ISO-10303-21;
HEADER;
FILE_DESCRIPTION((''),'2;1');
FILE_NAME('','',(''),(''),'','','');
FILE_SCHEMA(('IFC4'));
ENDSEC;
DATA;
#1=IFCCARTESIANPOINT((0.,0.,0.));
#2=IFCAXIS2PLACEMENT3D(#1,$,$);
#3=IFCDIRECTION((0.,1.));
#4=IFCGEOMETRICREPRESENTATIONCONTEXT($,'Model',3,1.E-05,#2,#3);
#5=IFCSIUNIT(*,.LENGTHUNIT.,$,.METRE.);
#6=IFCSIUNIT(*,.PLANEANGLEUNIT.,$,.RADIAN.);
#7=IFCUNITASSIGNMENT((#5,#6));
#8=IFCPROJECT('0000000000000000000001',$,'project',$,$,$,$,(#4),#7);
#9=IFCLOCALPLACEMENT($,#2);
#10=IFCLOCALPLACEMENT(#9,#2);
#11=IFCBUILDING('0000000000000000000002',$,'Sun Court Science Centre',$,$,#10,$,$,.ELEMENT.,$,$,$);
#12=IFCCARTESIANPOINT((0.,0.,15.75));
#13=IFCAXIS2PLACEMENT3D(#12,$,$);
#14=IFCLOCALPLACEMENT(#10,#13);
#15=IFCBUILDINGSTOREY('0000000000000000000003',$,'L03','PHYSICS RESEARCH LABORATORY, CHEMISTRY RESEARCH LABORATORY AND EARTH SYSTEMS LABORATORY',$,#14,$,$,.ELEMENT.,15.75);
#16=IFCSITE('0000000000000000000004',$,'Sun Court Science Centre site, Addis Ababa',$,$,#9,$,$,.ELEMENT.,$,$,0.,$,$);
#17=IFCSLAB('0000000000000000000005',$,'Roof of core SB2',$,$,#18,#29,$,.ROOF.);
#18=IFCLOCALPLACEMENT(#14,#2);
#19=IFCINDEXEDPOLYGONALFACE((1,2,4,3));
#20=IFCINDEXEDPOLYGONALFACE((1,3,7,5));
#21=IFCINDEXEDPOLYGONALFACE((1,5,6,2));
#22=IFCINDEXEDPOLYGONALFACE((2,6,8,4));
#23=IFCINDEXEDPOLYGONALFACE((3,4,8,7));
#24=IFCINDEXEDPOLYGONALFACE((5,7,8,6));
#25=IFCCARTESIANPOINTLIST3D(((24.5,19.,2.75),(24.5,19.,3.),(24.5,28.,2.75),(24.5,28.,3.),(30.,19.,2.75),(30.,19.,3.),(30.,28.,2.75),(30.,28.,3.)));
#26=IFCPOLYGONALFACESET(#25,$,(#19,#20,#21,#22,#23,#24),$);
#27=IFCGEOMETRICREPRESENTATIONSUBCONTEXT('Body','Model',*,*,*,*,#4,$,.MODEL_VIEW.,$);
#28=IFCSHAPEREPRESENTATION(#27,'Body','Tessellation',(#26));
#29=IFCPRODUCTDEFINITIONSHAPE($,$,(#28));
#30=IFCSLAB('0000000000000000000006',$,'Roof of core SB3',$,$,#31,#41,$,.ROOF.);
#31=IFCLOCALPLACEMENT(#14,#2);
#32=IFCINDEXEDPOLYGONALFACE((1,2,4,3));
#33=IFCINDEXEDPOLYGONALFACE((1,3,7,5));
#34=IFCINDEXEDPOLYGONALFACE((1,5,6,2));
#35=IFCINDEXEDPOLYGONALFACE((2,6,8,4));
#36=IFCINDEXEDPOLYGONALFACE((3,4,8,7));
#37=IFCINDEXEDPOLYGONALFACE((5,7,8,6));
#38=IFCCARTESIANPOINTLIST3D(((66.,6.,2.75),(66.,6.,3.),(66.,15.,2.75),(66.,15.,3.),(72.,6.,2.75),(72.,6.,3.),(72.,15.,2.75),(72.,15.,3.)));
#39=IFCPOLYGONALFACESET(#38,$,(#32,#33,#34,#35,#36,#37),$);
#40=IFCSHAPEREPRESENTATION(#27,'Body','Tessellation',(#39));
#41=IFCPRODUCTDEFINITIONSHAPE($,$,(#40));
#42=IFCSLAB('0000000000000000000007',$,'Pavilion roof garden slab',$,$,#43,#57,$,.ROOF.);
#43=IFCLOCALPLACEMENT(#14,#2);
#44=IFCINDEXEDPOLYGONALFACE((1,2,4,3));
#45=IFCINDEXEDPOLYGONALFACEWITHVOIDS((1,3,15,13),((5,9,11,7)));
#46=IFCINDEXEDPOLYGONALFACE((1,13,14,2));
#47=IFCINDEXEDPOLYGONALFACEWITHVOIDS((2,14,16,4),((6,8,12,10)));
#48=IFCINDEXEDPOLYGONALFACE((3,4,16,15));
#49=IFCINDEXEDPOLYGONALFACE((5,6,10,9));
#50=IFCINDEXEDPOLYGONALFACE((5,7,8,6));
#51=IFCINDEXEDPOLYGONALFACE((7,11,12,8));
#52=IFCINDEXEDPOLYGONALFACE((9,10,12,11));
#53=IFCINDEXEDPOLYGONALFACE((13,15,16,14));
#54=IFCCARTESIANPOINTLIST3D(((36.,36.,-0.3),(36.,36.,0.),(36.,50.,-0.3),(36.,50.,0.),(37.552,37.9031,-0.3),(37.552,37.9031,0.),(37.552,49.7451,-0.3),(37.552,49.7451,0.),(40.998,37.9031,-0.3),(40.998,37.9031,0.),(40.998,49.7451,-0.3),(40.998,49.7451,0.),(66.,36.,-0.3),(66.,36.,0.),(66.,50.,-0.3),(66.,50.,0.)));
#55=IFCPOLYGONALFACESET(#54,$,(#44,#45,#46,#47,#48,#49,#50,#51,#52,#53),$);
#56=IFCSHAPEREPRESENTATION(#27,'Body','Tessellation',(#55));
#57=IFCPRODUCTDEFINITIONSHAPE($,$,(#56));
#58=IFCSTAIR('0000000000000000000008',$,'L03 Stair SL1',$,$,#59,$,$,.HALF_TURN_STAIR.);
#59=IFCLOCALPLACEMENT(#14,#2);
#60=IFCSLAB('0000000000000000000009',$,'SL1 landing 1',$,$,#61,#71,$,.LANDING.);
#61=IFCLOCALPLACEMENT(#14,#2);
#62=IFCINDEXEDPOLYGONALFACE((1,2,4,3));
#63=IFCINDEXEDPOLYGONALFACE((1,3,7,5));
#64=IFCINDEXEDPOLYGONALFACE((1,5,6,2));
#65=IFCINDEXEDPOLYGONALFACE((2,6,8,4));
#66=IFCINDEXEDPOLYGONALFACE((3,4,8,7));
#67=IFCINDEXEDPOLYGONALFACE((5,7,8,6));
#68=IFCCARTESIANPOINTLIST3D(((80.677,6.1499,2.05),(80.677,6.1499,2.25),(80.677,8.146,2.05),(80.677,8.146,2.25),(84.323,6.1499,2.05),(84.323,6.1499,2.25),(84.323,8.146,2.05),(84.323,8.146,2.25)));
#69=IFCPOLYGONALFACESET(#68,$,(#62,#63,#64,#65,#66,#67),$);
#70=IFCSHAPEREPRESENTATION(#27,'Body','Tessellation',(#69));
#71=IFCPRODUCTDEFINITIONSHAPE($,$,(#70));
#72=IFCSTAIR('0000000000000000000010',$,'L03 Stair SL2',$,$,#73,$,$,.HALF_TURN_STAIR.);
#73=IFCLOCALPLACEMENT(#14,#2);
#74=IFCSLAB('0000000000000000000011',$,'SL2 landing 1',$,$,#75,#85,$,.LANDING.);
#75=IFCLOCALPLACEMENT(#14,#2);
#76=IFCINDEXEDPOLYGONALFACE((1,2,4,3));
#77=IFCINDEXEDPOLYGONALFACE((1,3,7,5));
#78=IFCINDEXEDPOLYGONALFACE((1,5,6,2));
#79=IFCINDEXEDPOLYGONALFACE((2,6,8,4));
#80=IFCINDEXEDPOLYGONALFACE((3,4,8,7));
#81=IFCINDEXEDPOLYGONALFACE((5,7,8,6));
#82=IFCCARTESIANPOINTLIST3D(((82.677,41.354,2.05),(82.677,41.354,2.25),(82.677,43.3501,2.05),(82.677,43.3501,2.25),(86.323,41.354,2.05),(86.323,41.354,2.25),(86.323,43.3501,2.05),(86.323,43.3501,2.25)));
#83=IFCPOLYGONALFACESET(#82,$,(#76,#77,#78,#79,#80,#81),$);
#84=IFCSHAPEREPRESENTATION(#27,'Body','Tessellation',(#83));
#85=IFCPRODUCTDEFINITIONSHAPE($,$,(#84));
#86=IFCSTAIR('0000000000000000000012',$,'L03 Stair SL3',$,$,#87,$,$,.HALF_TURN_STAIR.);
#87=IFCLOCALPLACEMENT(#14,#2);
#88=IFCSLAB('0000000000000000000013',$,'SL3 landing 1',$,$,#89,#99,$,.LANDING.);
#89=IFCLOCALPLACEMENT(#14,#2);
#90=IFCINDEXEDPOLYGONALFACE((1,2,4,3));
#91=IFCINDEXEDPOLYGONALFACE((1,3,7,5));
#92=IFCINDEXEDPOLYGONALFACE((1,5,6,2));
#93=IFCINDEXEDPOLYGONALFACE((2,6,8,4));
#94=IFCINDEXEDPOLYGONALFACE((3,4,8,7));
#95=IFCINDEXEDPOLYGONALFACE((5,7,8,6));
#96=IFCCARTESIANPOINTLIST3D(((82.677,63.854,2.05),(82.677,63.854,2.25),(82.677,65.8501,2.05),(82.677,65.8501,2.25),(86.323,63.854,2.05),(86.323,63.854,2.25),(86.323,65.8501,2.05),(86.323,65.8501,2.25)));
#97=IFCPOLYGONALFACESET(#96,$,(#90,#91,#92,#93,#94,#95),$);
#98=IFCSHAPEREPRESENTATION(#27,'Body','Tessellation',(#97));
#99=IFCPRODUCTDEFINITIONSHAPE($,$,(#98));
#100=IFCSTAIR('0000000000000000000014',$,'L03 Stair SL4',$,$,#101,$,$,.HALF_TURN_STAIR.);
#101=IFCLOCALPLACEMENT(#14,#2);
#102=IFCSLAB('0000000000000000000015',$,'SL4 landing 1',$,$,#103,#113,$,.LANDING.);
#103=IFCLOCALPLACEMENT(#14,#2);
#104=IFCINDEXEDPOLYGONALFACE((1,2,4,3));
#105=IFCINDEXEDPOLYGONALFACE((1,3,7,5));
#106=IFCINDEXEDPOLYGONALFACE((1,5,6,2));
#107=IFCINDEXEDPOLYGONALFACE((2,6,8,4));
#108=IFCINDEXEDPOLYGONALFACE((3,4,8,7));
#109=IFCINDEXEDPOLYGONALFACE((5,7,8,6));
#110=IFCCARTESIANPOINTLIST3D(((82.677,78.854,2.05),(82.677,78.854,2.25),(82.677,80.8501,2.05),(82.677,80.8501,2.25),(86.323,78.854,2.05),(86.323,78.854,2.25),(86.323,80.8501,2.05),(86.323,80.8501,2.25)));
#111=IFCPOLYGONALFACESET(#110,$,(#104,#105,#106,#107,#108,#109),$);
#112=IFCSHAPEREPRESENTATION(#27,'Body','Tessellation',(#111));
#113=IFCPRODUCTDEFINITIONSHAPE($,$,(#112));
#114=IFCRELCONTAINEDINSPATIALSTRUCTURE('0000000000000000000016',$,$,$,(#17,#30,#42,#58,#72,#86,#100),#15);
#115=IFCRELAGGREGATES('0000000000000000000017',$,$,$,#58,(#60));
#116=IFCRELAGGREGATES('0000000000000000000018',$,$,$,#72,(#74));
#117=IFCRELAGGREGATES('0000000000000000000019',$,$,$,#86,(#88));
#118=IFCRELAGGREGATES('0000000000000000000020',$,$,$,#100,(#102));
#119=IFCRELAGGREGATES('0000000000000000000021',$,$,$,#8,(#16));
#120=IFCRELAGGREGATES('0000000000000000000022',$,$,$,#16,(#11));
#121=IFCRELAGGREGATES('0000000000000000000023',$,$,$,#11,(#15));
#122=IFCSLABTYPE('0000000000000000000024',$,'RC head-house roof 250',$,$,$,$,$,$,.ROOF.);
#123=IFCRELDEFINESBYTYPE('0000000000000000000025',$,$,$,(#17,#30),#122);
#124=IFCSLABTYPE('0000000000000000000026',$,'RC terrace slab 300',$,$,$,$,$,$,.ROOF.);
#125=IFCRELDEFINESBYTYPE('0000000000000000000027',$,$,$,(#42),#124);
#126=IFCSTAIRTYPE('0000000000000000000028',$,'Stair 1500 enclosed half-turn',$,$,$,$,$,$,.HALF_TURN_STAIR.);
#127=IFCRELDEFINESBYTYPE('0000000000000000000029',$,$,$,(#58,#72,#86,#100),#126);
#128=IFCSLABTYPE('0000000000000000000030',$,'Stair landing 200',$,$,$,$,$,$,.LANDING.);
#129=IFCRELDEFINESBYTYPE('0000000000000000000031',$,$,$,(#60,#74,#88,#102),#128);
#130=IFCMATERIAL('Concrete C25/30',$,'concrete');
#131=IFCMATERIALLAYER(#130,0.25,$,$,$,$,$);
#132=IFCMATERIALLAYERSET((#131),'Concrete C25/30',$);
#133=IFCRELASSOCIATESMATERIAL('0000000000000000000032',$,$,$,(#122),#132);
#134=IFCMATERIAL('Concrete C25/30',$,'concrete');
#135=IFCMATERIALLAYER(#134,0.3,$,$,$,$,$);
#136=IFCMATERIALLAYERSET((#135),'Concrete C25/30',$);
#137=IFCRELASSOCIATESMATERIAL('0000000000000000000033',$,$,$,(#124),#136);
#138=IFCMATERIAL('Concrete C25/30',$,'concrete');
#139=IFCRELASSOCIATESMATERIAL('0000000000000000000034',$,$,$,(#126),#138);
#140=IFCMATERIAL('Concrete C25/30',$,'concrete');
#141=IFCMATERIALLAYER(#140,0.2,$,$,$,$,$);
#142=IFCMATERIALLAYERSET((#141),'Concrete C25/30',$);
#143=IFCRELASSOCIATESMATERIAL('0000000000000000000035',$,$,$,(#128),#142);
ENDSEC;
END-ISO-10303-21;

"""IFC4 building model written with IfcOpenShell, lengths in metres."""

from ifc_helpers import new_model, si_unit, direction, frame, origin, place, context, subcontext, project, spatial, polyline, outline, extrude, material, layer, layer_set, type_object, element, aggregate, save


model = new_model("IFC4")

# Units and contexts
model_context = context("Model", 3, precision=1e-05, world=origin(), true_north=direction((0.0, 1.0)))
body_context = subcontext(model_context, "Body", "Model", "MODEL_VIEW")
ifc_project = project(units=[si_unit("LENGTHUNIT", "METRE"), si_unit("PLANEANGLEUNIT", "RADIAN")], contexts=[model_context])

# Site, building, storey
site_placement = place(None, origin())
site = spatial("IfcSite", under=ifc_project, at=site_placement, Name="Sun Court Science Centre site, Addis Ababa", CompositionType="ELEMENT", RefElevation=0.0)
building_placement = place(site_placement, origin())
building = spatial("IfcBuilding", under=site, at=building_placement, Name="Sun Court Science Centre", CompositionType="ELEMENT")
storey_placement = place(building_placement, frame((0.0, 0.0, 15.75)))
storey = spatial("IfcBuildingStorey", under=building, at=storey_placement, Name="L03", Description="PHYSICS RESEARCH LABORATORY, CHEMISTRY RESEARCH LABORATORY AND EARTH SYSTEMS LABORATORY", CompositionType="ELEMENT", Elevation=15.75)

# Slabs
ifc_material_1 = material(Name="Concrete C25/30", Category="concrete")
ifc_layer_1 = layer(ifc_material_1, 0.25)
ifc_layer_set_1 = layer_set([ifc_layer_1], Name="Concrete C25/30")
slab_type_1 = type_object("IfcSlabType", Name="RC head-house roof 250", PredefinedType="ROOF", material=ifc_layer_set_1)
slab_1_placement = place(storey_placement, frame((0.0, 0.0, 2.75)))
element("IfcSlab", 1, at=slab_1_placement, inside=storey, type_object=slab_type_1, Name="Roof of core SB2", PredefinedType="ROOF", context=body_context, shape_type="SweptSolid", body=[
    extrude(outline(polyline([(24.5, 19.0), (30.0, 19.0), (30.0, 28.0), (24.5, 28.0), (24.5, 19.0)])), origin(), (0.0, 0.0, 1.0), 0.25),
])
slab_2_placement = place(storey_placement, frame((0.0, 0.0, 2.75)))
element("IfcSlab", 2, at=slab_2_placement, inside=storey, type_object=slab_type_1, Name="Roof of core SB3", PredefinedType="ROOF", context=body_context, shape_type="SweptSolid", body=[
    extrude(outline(polyline([(66.0, 6.0), (72.0, 6.0), (72.0, 15.0), (66.0, 15.0), (66.0, 6.0)])), origin(), (0.0, 0.0, 1.0), 0.25),
])
ifc_material_2 = material(Name="Concrete C25/30", Category="concrete")
ifc_layer_2 = layer(ifc_material_2, 0.3)
ifc_layer_set_2 = layer_set([ifc_layer_2], Name="Concrete C25/30")
slab_type_2 = type_object("IfcSlabType", Name="RC terrace slab 300", PredefinedType="ROOF", material=ifc_layer_set_2)
slab_3_placement = place(storey_placement, frame((0.0, 0.0, -0.3)))
element("IfcSlab", 3, at=slab_3_placement, inside=storey, type_object=slab_type_2, Name="Pavilion roof garden slab", PredefinedType="ROOF", context=body_context, shape_type="SweptSolid", body=[
    extrude(outline(polyline([(66.0, 36.0), (66.0, 50.0), (36.0, 50.0), (36.0, 36.0), (66.0, 36.0)]), holes=[polyline([(40.998, 49.7451), (40.998, 37.9031), (37.552, 37.9031), (37.552, 49.7451), (40.998, 49.7451)])]), origin(), (0.0, 0.0, 1.0), 0.3),
])

# Stairs, slabs
ifc_material_3 = material(Name="Concrete C25/30", Category="concrete")
stair_type = type_object("IfcStairType", Name="Stair 1500 enclosed half-turn", PredefinedType="HALF_TURN_STAIR", material=ifc_material_3)
stair_1_placement = place(storey_placement, origin())
stair_1 = element("IfcStair", 4, at=stair_1_placement, inside=storey, type_object=stair_type, Name="L03 Stair SL1", PredefinedType="HALF_TURN_STAIR")
ifc_material_4 = material(Name="Concrete C25/30", Category="concrete")
ifc_layer_3 = layer(ifc_material_4, 0.2)
ifc_layer_set_3 = layer_set([ifc_layer_3], Name="Concrete C25/30")
slab_type_3 = type_object("IfcSlabType", Name="Stair landing 200", PredefinedType="LANDING", material=ifc_layer_set_3)
slab_4_placement = place(storey_placement, frame((0.0, 0.0, 2.05)))
slab_4 = element("IfcSlab", 5, at=slab_4_placement, type_object=slab_type_3, Name="SL1 landing 1", PredefinedType="LANDING", context=body_context, shape_type="SweptSolid", body=[
    extrude(outline(polyline([(80.677, 8.146), (80.677, 6.1499), (84.323, 6.1499), (84.323, 8.146), (80.677, 8.146)])), origin(), (0.0, 0.0, 1.0), 0.2),
])
aggregate(stair_1, [slab_4])
stair_2_placement = place(storey_placement, origin())
stair_2 = element("IfcStair", 6, at=stair_2_placement, inside=storey, type_object=stair_type, Name="L03 Stair SL2", PredefinedType="HALF_TURN_STAIR")
slab_5_placement = place(storey_placement, frame((0.0, 0.0, 2.05)))
slab_5 = element("IfcSlab", 7, at=slab_5_placement, type_object=slab_type_3, Name="SL2 landing 1", PredefinedType="LANDING", context=body_context, shape_type="SweptSolid", body=[
    extrude(outline(polyline([(86.323, 41.354), (86.323, 43.3501), (82.677, 43.3501), (82.677, 41.354), (86.323, 41.354)])), origin(), (0.0, 0.0, 1.0), 0.2),
])
aggregate(stair_2, [slab_5])
stair_3_placement = place(storey_placement, origin())
stair_3 = element("IfcStair", 8, at=stair_3_placement, inside=storey, type_object=stair_type, Name="L03 Stair SL3", PredefinedType="HALF_TURN_STAIR")
slab_6_placement = place(storey_placement, frame((0.0, 0.0, 2.05)))
slab_6 = element("IfcSlab", 9, at=slab_6_placement, type_object=slab_type_3, Name="SL3 landing 1", PredefinedType="LANDING", context=body_context, shape_type="SweptSolid", body=[
    extrude(outline(polyline([(86.323, 63.854), (86.323, 65.8501), (82.677, 65.8501), (82.677, 63.854), (86.323, 63.854)])), origin(), (0.0, 0.0, 1.0), 0.2),
])
aggregate(stair_3, [slab_6])
stair_4_placement = place(storey_placement, origin())
stair_4 = element("IfcStair", 10, at=stair_4_placement, inside=storey, type_object=stair_type, Name="L03 Stair SL4", PredefinedType="HALF_TURN_STAIR")
slab_7_placement = place(storey_placement, frame((0.0, 0.0, 2.05)))
slab_7 = element("IfcSlab", 11, at=slab_7_placement, type_object=slab_type_3, Name="SL4 landing 1", PredefinedType="LANDING", context=body_context, shape_type="SweptSolid", body=[
    extrude(outline(polyline([(86.323, 78.854), (86.323, 80.8501), (82.677, 80.8501), (82.677, 78.854), (86.323, 78.854)])), origin(), (0.0, 0.0, 1.0), 0.2),
])
aggregate(stair_4, [slab_7])

save(model, "model.ifc")
